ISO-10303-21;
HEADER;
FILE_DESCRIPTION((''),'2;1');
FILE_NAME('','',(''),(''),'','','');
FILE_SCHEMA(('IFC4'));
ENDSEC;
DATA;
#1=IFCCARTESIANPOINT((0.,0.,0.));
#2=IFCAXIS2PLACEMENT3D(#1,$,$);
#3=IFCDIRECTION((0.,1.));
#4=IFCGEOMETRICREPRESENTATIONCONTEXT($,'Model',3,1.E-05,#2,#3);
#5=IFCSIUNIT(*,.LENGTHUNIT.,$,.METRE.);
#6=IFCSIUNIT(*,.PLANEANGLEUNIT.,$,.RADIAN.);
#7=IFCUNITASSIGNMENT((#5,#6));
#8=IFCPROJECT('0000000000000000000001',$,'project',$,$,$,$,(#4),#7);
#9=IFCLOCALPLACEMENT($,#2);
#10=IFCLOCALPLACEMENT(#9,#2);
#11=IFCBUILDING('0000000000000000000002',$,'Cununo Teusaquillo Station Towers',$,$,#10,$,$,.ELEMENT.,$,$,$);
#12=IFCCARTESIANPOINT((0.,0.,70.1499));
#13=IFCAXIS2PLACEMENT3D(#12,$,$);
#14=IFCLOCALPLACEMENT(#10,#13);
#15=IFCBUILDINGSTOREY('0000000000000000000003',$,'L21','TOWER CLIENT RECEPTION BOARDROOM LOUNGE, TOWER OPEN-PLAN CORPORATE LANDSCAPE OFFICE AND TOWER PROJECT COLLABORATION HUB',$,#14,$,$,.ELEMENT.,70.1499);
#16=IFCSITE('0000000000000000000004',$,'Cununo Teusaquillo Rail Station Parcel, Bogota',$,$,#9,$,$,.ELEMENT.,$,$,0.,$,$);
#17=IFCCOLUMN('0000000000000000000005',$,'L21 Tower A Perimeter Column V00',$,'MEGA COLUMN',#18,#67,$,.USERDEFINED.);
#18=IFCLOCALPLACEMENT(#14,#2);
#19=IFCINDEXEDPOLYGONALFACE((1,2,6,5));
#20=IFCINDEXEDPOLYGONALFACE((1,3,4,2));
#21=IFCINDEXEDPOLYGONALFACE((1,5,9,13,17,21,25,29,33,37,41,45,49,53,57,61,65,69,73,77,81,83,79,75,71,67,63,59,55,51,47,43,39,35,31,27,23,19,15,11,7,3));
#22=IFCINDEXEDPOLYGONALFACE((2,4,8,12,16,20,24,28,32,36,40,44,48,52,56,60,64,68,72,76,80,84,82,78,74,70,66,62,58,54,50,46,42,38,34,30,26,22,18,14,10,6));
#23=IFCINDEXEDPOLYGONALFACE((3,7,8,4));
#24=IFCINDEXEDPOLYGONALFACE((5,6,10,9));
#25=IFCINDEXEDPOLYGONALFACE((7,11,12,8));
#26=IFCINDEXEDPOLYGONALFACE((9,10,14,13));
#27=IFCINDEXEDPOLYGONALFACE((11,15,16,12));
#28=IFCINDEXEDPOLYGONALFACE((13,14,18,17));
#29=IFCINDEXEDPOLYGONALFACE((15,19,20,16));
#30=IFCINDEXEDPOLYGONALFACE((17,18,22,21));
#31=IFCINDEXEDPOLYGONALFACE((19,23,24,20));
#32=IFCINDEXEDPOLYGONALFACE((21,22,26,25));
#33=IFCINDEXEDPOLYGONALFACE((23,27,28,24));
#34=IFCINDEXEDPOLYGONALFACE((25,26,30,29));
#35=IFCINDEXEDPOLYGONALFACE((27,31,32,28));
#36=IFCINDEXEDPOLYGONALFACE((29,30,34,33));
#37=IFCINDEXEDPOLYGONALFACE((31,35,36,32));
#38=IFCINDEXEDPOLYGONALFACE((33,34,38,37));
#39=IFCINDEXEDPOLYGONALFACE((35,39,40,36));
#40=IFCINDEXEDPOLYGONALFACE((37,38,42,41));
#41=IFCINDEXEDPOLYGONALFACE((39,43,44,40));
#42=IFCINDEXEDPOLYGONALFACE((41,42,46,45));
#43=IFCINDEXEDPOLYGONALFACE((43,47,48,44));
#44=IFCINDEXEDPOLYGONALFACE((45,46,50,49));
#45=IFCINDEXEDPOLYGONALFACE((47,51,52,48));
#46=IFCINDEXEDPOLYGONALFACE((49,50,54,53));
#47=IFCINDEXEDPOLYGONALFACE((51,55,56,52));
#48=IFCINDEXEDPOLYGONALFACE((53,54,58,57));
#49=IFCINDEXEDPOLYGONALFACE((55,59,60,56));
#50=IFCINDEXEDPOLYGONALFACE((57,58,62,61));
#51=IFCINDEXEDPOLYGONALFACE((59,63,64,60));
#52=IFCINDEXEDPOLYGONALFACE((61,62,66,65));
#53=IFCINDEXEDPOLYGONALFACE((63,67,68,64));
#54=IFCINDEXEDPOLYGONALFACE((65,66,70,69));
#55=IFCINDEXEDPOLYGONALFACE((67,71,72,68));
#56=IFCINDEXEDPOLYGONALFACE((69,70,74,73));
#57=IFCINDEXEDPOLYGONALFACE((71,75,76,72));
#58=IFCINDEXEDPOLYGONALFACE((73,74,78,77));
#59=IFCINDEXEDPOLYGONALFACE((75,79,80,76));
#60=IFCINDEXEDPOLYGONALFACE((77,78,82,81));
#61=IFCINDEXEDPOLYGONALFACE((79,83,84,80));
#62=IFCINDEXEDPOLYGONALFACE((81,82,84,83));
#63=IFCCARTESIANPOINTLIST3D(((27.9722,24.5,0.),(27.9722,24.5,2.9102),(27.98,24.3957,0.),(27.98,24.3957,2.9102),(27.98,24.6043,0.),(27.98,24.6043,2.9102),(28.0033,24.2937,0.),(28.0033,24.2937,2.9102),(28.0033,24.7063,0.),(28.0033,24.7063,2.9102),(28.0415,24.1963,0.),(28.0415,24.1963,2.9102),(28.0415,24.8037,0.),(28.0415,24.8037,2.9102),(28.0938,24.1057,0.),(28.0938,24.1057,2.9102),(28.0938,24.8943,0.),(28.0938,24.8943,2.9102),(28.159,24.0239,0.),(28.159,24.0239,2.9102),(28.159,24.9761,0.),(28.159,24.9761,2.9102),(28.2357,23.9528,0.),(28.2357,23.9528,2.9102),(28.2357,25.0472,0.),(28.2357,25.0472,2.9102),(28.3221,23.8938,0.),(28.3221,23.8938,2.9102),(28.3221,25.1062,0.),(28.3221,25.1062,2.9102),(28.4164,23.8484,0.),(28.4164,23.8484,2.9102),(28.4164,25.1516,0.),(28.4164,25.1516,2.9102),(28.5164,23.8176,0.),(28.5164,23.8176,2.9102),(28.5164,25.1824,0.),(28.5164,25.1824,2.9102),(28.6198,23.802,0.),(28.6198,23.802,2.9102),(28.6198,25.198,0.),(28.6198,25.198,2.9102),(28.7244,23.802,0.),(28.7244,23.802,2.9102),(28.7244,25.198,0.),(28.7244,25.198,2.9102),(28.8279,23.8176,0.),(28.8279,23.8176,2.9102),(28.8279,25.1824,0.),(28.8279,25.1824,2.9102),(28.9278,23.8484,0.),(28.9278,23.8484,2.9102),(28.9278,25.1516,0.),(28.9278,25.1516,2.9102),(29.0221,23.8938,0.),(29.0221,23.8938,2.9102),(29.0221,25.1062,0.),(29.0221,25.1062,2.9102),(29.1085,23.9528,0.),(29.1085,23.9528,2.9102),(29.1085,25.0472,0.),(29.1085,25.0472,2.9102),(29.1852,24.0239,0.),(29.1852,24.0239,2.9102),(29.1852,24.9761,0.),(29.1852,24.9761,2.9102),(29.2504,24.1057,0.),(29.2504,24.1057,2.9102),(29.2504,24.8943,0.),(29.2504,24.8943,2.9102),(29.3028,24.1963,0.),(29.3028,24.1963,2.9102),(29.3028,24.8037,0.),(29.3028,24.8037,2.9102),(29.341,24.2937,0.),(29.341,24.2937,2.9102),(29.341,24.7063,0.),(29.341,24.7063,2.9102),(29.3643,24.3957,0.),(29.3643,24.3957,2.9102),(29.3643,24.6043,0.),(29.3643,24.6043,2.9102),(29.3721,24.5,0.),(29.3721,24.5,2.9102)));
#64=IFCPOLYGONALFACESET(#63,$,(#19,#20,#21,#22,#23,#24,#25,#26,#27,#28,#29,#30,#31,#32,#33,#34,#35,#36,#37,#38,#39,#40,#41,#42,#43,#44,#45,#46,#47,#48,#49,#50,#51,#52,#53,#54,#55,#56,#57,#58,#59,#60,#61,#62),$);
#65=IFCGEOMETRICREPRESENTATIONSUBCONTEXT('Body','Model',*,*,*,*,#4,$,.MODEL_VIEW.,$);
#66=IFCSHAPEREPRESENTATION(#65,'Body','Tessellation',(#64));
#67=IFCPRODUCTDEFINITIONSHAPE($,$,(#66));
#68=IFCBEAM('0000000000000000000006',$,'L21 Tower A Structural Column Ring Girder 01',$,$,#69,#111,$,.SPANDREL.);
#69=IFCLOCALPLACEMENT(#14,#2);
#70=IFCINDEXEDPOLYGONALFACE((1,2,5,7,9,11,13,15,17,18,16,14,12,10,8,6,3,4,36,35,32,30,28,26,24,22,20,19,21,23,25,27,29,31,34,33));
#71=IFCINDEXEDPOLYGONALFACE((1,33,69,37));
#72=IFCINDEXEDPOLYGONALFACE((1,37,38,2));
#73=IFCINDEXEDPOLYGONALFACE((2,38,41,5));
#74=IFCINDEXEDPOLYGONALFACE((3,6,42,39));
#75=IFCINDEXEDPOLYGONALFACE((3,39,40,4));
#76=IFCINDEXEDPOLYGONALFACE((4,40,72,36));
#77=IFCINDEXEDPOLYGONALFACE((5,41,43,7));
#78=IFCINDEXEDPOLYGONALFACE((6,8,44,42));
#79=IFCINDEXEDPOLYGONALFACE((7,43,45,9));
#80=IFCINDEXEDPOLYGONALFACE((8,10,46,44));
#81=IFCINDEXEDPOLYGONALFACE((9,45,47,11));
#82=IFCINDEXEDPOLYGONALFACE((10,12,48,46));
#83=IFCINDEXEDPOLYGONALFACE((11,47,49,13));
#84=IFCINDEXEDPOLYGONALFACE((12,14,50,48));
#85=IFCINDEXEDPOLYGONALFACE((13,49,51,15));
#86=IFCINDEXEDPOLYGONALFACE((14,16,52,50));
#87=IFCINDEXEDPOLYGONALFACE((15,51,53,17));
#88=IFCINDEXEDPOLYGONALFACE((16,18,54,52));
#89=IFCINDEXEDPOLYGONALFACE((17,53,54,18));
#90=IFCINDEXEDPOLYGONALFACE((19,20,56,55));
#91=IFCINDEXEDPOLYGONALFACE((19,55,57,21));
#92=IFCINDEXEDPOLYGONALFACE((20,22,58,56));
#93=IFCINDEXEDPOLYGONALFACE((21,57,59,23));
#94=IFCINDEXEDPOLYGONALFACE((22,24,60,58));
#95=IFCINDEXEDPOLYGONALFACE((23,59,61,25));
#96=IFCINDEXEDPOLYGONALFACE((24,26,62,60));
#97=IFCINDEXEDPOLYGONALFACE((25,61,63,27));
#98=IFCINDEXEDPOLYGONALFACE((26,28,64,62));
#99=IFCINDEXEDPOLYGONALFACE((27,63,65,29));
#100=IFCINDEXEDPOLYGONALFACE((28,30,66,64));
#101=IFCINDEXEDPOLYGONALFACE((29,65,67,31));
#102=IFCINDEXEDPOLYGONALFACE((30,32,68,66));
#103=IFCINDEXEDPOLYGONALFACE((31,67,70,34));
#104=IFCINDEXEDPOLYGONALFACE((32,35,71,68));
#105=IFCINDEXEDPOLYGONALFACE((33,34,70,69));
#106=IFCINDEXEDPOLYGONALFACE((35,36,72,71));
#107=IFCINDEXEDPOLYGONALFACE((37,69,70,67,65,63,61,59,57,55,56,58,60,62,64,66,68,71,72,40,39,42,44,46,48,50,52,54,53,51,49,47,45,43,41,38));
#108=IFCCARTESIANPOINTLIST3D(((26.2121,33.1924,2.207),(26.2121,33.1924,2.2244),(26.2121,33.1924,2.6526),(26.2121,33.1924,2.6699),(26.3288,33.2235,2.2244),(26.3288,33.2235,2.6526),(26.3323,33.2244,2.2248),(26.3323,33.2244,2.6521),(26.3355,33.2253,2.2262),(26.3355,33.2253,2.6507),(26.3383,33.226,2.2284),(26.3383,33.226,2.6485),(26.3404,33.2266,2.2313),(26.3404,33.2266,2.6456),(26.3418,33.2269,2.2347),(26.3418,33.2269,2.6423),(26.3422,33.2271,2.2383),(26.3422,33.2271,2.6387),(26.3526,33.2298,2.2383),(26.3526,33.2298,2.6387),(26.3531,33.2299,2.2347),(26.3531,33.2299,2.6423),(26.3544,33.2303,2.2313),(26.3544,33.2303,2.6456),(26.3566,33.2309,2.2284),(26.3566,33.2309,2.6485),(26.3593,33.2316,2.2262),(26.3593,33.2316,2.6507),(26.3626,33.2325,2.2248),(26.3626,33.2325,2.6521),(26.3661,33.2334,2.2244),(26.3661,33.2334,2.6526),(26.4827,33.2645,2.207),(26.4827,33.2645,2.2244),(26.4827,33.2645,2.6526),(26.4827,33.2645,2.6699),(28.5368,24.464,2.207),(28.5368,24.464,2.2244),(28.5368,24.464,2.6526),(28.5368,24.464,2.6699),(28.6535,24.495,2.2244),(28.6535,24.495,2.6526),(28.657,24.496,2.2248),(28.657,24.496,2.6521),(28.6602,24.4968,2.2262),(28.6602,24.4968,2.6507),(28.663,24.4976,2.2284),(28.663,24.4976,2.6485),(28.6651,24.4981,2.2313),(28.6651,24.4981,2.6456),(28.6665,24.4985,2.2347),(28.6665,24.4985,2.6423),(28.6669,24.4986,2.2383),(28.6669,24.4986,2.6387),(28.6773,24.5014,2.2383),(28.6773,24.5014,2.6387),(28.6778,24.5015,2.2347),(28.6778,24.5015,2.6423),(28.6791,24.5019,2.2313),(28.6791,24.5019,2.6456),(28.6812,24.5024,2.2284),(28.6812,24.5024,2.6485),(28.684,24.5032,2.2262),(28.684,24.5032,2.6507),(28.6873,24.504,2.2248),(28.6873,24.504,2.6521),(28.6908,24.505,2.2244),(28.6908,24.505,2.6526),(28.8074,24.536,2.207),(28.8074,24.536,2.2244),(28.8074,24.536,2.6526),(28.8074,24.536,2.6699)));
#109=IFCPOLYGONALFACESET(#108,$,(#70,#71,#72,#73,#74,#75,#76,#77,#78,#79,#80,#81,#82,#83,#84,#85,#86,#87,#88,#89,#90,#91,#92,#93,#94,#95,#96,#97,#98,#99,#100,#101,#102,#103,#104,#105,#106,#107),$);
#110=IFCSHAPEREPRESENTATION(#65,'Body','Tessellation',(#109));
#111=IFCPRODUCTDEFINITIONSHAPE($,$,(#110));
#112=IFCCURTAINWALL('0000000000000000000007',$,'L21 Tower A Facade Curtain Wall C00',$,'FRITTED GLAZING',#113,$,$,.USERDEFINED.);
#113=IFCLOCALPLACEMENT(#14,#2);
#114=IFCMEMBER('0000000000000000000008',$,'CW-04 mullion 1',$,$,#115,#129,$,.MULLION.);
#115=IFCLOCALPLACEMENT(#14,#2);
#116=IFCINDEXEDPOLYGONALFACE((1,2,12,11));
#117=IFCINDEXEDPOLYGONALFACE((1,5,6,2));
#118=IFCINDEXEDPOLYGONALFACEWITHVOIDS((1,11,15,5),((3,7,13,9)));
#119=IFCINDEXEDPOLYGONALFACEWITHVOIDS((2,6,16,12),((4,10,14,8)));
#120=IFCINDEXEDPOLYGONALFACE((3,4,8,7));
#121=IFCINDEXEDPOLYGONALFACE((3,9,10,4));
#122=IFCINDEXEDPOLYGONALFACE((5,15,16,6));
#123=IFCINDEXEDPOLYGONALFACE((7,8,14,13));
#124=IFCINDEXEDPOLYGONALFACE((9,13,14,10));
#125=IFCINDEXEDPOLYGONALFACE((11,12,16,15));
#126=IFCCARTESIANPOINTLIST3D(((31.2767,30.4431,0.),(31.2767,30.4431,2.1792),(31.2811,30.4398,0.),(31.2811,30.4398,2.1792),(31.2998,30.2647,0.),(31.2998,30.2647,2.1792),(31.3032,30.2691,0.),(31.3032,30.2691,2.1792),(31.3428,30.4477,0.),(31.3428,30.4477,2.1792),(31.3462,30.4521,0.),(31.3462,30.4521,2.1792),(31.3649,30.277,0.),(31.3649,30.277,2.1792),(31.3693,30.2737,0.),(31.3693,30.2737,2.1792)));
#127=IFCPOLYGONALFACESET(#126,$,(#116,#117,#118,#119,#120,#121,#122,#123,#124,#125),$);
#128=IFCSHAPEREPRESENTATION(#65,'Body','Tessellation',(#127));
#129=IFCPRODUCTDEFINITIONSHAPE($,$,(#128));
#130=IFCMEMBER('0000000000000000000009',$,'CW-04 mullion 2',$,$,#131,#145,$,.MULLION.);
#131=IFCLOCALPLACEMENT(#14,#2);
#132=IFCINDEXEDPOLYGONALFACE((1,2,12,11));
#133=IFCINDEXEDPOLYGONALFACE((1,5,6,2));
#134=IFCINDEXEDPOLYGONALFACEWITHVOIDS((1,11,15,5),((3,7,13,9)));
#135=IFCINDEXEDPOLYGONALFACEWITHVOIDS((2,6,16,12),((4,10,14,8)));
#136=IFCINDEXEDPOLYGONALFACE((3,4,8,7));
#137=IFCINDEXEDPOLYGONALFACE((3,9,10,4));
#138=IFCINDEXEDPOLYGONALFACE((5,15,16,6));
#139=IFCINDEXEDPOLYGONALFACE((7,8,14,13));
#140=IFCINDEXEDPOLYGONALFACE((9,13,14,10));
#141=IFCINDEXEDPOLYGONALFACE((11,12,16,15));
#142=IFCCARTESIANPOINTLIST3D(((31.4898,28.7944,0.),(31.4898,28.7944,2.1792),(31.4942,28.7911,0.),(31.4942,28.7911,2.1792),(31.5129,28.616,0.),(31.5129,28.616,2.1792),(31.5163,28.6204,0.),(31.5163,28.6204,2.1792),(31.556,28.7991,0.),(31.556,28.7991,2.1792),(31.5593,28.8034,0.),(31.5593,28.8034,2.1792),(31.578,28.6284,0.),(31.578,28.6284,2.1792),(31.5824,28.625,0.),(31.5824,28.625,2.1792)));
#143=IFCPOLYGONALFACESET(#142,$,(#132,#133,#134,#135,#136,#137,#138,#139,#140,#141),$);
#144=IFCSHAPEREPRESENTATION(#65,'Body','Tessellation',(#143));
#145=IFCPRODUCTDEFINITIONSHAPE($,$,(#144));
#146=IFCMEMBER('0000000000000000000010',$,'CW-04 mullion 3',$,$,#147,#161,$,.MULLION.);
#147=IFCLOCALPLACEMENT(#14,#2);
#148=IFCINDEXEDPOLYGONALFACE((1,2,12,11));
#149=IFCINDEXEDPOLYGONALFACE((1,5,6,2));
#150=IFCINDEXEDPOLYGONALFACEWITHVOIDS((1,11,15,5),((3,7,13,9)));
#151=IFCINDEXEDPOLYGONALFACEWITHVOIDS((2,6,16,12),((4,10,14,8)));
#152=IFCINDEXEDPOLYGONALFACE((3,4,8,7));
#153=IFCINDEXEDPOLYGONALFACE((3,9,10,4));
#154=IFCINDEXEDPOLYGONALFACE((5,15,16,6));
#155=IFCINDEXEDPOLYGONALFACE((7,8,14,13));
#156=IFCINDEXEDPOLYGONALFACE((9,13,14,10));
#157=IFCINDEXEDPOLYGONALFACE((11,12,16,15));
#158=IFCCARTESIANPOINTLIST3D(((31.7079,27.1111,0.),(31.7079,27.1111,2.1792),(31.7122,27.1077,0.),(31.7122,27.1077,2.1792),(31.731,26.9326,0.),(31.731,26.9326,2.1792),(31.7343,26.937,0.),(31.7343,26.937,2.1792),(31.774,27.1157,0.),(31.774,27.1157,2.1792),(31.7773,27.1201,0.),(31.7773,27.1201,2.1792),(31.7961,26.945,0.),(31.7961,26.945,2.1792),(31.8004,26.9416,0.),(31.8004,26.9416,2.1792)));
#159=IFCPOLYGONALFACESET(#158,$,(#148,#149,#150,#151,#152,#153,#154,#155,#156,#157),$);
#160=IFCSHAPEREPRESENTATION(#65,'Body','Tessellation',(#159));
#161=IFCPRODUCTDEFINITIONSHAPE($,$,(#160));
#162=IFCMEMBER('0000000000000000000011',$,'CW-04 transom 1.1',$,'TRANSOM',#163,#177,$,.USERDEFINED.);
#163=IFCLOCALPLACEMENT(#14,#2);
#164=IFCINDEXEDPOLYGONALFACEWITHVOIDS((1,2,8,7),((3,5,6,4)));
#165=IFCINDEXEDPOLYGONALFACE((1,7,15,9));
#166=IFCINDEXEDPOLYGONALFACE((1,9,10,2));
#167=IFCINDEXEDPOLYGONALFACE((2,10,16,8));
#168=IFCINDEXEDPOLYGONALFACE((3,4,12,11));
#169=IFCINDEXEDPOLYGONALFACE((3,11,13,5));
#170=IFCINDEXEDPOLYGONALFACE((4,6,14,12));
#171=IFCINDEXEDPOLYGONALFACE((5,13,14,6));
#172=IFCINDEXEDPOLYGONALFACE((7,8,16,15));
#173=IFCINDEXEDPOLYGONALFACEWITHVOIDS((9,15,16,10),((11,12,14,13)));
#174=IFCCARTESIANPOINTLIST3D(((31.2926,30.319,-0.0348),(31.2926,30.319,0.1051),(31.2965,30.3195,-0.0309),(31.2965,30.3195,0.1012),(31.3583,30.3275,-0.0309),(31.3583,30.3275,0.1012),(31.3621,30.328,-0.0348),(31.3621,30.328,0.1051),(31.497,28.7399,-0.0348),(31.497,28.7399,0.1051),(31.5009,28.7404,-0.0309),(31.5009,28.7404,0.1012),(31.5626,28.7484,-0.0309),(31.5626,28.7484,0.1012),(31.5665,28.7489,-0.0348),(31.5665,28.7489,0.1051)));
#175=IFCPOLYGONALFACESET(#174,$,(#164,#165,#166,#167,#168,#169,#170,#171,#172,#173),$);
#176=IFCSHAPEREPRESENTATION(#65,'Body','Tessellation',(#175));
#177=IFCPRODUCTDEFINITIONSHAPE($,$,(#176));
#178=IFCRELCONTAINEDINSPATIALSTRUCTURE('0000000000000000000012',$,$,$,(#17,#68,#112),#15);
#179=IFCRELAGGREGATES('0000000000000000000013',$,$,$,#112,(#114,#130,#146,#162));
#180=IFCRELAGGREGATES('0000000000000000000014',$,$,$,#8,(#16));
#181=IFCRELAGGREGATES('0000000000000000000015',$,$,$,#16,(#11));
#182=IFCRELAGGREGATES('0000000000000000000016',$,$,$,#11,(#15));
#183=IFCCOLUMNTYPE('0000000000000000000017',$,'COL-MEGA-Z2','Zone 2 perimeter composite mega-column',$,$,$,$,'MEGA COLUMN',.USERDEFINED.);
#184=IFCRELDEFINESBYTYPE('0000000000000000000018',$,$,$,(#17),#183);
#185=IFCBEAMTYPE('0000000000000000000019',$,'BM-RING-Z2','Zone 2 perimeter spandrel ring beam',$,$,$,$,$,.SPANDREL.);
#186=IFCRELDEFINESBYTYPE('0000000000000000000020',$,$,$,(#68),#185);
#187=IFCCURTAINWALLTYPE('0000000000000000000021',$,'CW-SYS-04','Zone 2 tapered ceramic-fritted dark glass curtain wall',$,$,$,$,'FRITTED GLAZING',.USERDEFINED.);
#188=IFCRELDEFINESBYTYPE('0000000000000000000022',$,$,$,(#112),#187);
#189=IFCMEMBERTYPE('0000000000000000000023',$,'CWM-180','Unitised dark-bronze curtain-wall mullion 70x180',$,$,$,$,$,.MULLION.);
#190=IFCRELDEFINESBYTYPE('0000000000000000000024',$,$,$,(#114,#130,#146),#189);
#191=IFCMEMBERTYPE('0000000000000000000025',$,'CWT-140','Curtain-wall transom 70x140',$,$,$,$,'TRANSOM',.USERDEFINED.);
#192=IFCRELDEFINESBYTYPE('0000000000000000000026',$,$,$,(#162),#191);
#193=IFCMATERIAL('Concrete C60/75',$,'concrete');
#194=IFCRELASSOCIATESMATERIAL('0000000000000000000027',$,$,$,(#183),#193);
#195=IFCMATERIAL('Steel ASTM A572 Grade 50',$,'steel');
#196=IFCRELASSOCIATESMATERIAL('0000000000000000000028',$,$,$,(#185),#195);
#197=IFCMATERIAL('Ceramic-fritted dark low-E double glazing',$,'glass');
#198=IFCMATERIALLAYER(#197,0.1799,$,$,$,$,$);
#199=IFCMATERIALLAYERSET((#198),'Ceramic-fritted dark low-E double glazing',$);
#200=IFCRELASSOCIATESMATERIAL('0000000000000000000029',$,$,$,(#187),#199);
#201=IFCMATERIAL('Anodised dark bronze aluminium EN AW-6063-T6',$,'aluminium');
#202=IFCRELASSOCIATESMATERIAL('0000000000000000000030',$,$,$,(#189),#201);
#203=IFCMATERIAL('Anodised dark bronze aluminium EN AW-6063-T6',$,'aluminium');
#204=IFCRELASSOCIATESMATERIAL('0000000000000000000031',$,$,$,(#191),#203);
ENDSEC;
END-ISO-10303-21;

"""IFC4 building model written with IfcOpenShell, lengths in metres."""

from ifc_helpers import new_model, si_unit, direction, frame, origin, origin_2d, place, context, subcontext, project, spatial, hollow_rectangle, circle, i_section, extrude, material, layer, layer_set, material_profile, profile_set, type_object, element, aggregate, save


model = new_model("IFC4")

# Units and contexts
model_context = context("Model", 3, precision=1e-05, world=origin(), true_north=direction((0.0, 1.0)))
body_context = subcontext(model_context, "Body", "Model", "MODEL_VIEW")
ifc_project = project(units=[si_unit("LENGTHUNIT", "METRE"), si_unit("PLANEANGLEUNIT", "RADIAN")], contexts=[model_context])

# Site, building, storey
site_placement = place(None, origin())
site = spatial("IfcSite", under=ifc_project, at=site_placement, Name="Cununo Teusaquillo Rail Station Parcel, Bogota", CompositionType="ELEMENT", RefElevation=0.0)
building_placement = place(site_placement, origin())
building = spatial("IfcBuilding", under=site, at=building_placement, Name="Cununo Teusaquillo Station Towers", CompositionType="ELEMENT")
storey_placement = place(building_placement, frame((0.0, 0.0, 70.1499)))
storey = spatial("IfcBuildingStorey", under=building, at=storey_placement, Name="L21", Description="TOWER CLIENT RECEPTION BOARDROOM LOUNGE, TOWER OPEN-PLAN CORPORATE LANDSCAPE OFFICE AND TOWER PROJECT COLLABORATION HUB", CompositionType="ELEMENT", Elevation=70.1499)

# Column
ifc_material_1 = material(Name="Concrete C60/75", Category="concrete")
ifc_material_profile_1 = material_profile(ifc_material_1, circle(Radius=0.7, at=origin_2d()), Name="RC-CIRC-1400")
ifc_profile_set_1 = profile_set([ifc_material_profile_1], Name="Concrete C60/75")
column_type = type_object("IfcColumnType", Name="COL-MEGA-Z2", Description="Zone 2 perimeter composite mega-column", ElementType="MEGA COLUMN", PredefinedType="USERDEFINED", material=ifc_profile_set_1)
column_placement = place(storey_placement, frame((28.6721, 24.5, 0.0), z_axis=(0.0, 0.0, 1.0), x_axis=(1.0, 0.0, 0.0)))
element("IfcColumn", 1, at=column_placement, inside=storey, type_object=column_type, Name="L21 Tower A Perimeter Column V00", ObjectType="MEGA COLUMN", PredefinedType="USERDEFINED", context=body_context, shape_type="SweptSolid", body=[
    extrude(circle(Radius=0.7, at=origin_2d()), origin(), (0.0, 0.0, 1.0), 2.9102),
])

# Beam
ifc_material_2 = material(Name="Steel ASTM A572 Grade 50", Category="steel")
ifc_material_profile_2 = material_profile(ifc_material_2, i_section(OverallWidth=0.28, OverallDepth=0.4629, WebThickness=0.0107, FlangeThickness=0.0173, FilletRadius=0.0139, at=origin_2d()), Name="W18X76")
ifc_profile_set_2 = profile_set([ifc_material_profile_2], Name="Steel ASTM A572 Grade 50")
beam_type = type_object("IfcBeamType", Name="BM-RING-Z2", Description="Zone 2 perimeter spandrel ring beam", PredefinedType="SPANDREL", material=ifc_profile_set_2)
beam_placement = place(storey_placement, frame((28.6721, 24.5, 2.4385), z_axis=(-0.257363, 0.966315, 0.0), x_axis=(-0.966315, -0.257363, 0.0)))
element("IfcBeam", 2, at=beam_placement, inside=storey, type_object=beam_type, Name="L21 Tower A Structural Column Ring Girder 01", PredefinedType="SPANDREL", context=body_context, shape_type="SweptSolid", body=[
    extrude(i_section(OverallWidth=0.28, OverallDepth=0.4629, WebThickness=0.0107, FlangeThickness=0.0173, FilletRadius=0.0139, at=origin_2d()), origin(), (0.0, 0.0, 1.0), 9.0327),
])

# Curtain wall, members
ifc_material_3 = material(Name="Ceramic-fritted dark low-E double glazing", Category="glass")
ifc_layer_1 = layer(ifc_material_3, 0.1799)
ifc_layer_set_1 = layer_set([ifc_layer_1], Name="Ceramic-fritted dark low-E double glazing")
curtain_wall_type = type_object("IfcCurtainWallType", Name="CW-SYS-04", Description="Zone 2 tapered ceramic-fritted dark glass curtain wall", ElementType="FRITTED GLAZING", PredefinedType="USERDEFINED", material=ifc_layer_set_1)
curtain_wall_placement = place(storey_placement, origin())
curtain_wall = element("IfcCurtainWall", 3, at=curtain_wall_placement, inside=storey, type_object=curtain_wall_type, Name="L21 Tower A Facade Curtain Wall C00", ObjectType="FRITTED GLAZING", PredefinedType="USERDEFINED")
ifc_material_4 = material(Name="Anodised dark bronze aluminium EN AW-6063-T6", Category="aluminium")
ifc_material_profile_3 = material_profile(ifc_material_4, hollow_rectangle(XDim=0.0701, YDim=0.1799, WallThickness=0.0039, at=origin_2d()), Name="CW-MULL-70x180")
ifc_profile_set_3 = profile_set([ifc_material_profile_3], Name="Anodised dark bronze aluminium EN AW-6063-T6")
member_type_1 = type_object("IfcMemberType", Name="CWM-180", Description="Unitised dark-bronze curtain-wall mullion 70x180", PredefinedType="MULLION", material=ifc_profile_set_3)
member_1_placement = place(storey_placement, frame((31.323, 30.3584, 0.0), z_axis=(0.0, 0.0, 1.0), x_axis=(0.991731, 0.128336, 0.0)))
member_1 = element("IfcMember", 4, at=member_1_placement, type_object=member_type_1, Name="CW-04 mullion 1", PredefinedType="MULLION", context=body_context, shape_type="SweptSolid", body=[
    extrude(hollow_rectangle(XDim=0.0701, YDim=0.1799, WallThickness=0.0039, at=origin_2d()), origin(), (0.0, 0.0, 1.0), 2.1792),
])
member_2_placement = place(storey_placement, frame((31.5361, 28.7097, 0.0), z_axis=(0.0, 0.0, 1.0), x_axis=(0.991731, 0.128336, 0.0)))
member_2 = element("IfcMember", 5, at=member_2_placement, type_object=member_type_1, Name="CW-04 mullion 2", PredefinedType="MULLION", context=body_context, shape_type="SweptSolid", body=[
    extrude(hollow_rectangle(XDim=0.0701, YDim=0.1799, WallThickness=0.0039, at=origin_2d()), origin(), (0.0, 0.0, 1.0), 2.1792),
])
member_3_placement = place(storey_placement, frame((31.7542, 27.0264, 0.0), z_axis=(0.0, 0.0, 1.0), x_axis=(0.991731, 0.128336, 0.0)))
member_3 = element("IfcMember", 6, at=member_3_placement, type_object=member_type_1, Name="CW-04 mullion 3", PredefinedType="MULLION", context=body_context, shape_type="SweptSolid", body=[
    extrude(hollow_rectangle(XDim=0.0701, YDim=0.1799, WallThickness=0.0039, at=origin_2d()), origin(), (0.0, 0.0, 1.0), 2.1792),
])
ifc_material_5 = material(Name="Anodised dark bronze aluminium EN AW-6063-T6", Category="aluminium")
ifc_material_profile_4 = material_profile(ifc_material_5, hollow_rectangle(XDim=0.0701, YDim=0.1399, WallThickness=0.0039, at=origin_2d()), Name="CW-TRAN-70x140")
ifc_profile_set_4 = profile_set([ifc_material_profile_4], Name="Anodised dark bronze aluminium EN AW-6063-T6")
member_type_2 = type_object("IfcMemberType", Name="CWT-140", Description="Curtain-wall transom 70x140", ElementType="TRANSOM", PredefinedType="USERDEFINED", material=ifc_profile_set_4)
member_4_placement = place(storey_placement, frame((31.3274, 30.3235, 0.0352), z_axis=(0.128336, -0.991731, 0.0), x_axis=(0.991731, 0.128336, 0.0)))
member_4 = element("IfcMember", 7, at=member_4_placement, type_object=member_type_2, Name="CW-04 transom 1.1", ObjectType="TRANSOM", PredefinedType="USERDEFINED", context=body_context, shape_type="SweptSolid", body=[
    extrude(hollow_rectangle(XDim=0.0701, YDim=0.1399, WallThickness=0.0039, at=origin_2d()), origin(), (0.0, 0.0, 1.0), 1.5923),
])
aggregate(curtain_wall, [member_1, member_2, member_3, member_4])

save(model, "model.ifc")
